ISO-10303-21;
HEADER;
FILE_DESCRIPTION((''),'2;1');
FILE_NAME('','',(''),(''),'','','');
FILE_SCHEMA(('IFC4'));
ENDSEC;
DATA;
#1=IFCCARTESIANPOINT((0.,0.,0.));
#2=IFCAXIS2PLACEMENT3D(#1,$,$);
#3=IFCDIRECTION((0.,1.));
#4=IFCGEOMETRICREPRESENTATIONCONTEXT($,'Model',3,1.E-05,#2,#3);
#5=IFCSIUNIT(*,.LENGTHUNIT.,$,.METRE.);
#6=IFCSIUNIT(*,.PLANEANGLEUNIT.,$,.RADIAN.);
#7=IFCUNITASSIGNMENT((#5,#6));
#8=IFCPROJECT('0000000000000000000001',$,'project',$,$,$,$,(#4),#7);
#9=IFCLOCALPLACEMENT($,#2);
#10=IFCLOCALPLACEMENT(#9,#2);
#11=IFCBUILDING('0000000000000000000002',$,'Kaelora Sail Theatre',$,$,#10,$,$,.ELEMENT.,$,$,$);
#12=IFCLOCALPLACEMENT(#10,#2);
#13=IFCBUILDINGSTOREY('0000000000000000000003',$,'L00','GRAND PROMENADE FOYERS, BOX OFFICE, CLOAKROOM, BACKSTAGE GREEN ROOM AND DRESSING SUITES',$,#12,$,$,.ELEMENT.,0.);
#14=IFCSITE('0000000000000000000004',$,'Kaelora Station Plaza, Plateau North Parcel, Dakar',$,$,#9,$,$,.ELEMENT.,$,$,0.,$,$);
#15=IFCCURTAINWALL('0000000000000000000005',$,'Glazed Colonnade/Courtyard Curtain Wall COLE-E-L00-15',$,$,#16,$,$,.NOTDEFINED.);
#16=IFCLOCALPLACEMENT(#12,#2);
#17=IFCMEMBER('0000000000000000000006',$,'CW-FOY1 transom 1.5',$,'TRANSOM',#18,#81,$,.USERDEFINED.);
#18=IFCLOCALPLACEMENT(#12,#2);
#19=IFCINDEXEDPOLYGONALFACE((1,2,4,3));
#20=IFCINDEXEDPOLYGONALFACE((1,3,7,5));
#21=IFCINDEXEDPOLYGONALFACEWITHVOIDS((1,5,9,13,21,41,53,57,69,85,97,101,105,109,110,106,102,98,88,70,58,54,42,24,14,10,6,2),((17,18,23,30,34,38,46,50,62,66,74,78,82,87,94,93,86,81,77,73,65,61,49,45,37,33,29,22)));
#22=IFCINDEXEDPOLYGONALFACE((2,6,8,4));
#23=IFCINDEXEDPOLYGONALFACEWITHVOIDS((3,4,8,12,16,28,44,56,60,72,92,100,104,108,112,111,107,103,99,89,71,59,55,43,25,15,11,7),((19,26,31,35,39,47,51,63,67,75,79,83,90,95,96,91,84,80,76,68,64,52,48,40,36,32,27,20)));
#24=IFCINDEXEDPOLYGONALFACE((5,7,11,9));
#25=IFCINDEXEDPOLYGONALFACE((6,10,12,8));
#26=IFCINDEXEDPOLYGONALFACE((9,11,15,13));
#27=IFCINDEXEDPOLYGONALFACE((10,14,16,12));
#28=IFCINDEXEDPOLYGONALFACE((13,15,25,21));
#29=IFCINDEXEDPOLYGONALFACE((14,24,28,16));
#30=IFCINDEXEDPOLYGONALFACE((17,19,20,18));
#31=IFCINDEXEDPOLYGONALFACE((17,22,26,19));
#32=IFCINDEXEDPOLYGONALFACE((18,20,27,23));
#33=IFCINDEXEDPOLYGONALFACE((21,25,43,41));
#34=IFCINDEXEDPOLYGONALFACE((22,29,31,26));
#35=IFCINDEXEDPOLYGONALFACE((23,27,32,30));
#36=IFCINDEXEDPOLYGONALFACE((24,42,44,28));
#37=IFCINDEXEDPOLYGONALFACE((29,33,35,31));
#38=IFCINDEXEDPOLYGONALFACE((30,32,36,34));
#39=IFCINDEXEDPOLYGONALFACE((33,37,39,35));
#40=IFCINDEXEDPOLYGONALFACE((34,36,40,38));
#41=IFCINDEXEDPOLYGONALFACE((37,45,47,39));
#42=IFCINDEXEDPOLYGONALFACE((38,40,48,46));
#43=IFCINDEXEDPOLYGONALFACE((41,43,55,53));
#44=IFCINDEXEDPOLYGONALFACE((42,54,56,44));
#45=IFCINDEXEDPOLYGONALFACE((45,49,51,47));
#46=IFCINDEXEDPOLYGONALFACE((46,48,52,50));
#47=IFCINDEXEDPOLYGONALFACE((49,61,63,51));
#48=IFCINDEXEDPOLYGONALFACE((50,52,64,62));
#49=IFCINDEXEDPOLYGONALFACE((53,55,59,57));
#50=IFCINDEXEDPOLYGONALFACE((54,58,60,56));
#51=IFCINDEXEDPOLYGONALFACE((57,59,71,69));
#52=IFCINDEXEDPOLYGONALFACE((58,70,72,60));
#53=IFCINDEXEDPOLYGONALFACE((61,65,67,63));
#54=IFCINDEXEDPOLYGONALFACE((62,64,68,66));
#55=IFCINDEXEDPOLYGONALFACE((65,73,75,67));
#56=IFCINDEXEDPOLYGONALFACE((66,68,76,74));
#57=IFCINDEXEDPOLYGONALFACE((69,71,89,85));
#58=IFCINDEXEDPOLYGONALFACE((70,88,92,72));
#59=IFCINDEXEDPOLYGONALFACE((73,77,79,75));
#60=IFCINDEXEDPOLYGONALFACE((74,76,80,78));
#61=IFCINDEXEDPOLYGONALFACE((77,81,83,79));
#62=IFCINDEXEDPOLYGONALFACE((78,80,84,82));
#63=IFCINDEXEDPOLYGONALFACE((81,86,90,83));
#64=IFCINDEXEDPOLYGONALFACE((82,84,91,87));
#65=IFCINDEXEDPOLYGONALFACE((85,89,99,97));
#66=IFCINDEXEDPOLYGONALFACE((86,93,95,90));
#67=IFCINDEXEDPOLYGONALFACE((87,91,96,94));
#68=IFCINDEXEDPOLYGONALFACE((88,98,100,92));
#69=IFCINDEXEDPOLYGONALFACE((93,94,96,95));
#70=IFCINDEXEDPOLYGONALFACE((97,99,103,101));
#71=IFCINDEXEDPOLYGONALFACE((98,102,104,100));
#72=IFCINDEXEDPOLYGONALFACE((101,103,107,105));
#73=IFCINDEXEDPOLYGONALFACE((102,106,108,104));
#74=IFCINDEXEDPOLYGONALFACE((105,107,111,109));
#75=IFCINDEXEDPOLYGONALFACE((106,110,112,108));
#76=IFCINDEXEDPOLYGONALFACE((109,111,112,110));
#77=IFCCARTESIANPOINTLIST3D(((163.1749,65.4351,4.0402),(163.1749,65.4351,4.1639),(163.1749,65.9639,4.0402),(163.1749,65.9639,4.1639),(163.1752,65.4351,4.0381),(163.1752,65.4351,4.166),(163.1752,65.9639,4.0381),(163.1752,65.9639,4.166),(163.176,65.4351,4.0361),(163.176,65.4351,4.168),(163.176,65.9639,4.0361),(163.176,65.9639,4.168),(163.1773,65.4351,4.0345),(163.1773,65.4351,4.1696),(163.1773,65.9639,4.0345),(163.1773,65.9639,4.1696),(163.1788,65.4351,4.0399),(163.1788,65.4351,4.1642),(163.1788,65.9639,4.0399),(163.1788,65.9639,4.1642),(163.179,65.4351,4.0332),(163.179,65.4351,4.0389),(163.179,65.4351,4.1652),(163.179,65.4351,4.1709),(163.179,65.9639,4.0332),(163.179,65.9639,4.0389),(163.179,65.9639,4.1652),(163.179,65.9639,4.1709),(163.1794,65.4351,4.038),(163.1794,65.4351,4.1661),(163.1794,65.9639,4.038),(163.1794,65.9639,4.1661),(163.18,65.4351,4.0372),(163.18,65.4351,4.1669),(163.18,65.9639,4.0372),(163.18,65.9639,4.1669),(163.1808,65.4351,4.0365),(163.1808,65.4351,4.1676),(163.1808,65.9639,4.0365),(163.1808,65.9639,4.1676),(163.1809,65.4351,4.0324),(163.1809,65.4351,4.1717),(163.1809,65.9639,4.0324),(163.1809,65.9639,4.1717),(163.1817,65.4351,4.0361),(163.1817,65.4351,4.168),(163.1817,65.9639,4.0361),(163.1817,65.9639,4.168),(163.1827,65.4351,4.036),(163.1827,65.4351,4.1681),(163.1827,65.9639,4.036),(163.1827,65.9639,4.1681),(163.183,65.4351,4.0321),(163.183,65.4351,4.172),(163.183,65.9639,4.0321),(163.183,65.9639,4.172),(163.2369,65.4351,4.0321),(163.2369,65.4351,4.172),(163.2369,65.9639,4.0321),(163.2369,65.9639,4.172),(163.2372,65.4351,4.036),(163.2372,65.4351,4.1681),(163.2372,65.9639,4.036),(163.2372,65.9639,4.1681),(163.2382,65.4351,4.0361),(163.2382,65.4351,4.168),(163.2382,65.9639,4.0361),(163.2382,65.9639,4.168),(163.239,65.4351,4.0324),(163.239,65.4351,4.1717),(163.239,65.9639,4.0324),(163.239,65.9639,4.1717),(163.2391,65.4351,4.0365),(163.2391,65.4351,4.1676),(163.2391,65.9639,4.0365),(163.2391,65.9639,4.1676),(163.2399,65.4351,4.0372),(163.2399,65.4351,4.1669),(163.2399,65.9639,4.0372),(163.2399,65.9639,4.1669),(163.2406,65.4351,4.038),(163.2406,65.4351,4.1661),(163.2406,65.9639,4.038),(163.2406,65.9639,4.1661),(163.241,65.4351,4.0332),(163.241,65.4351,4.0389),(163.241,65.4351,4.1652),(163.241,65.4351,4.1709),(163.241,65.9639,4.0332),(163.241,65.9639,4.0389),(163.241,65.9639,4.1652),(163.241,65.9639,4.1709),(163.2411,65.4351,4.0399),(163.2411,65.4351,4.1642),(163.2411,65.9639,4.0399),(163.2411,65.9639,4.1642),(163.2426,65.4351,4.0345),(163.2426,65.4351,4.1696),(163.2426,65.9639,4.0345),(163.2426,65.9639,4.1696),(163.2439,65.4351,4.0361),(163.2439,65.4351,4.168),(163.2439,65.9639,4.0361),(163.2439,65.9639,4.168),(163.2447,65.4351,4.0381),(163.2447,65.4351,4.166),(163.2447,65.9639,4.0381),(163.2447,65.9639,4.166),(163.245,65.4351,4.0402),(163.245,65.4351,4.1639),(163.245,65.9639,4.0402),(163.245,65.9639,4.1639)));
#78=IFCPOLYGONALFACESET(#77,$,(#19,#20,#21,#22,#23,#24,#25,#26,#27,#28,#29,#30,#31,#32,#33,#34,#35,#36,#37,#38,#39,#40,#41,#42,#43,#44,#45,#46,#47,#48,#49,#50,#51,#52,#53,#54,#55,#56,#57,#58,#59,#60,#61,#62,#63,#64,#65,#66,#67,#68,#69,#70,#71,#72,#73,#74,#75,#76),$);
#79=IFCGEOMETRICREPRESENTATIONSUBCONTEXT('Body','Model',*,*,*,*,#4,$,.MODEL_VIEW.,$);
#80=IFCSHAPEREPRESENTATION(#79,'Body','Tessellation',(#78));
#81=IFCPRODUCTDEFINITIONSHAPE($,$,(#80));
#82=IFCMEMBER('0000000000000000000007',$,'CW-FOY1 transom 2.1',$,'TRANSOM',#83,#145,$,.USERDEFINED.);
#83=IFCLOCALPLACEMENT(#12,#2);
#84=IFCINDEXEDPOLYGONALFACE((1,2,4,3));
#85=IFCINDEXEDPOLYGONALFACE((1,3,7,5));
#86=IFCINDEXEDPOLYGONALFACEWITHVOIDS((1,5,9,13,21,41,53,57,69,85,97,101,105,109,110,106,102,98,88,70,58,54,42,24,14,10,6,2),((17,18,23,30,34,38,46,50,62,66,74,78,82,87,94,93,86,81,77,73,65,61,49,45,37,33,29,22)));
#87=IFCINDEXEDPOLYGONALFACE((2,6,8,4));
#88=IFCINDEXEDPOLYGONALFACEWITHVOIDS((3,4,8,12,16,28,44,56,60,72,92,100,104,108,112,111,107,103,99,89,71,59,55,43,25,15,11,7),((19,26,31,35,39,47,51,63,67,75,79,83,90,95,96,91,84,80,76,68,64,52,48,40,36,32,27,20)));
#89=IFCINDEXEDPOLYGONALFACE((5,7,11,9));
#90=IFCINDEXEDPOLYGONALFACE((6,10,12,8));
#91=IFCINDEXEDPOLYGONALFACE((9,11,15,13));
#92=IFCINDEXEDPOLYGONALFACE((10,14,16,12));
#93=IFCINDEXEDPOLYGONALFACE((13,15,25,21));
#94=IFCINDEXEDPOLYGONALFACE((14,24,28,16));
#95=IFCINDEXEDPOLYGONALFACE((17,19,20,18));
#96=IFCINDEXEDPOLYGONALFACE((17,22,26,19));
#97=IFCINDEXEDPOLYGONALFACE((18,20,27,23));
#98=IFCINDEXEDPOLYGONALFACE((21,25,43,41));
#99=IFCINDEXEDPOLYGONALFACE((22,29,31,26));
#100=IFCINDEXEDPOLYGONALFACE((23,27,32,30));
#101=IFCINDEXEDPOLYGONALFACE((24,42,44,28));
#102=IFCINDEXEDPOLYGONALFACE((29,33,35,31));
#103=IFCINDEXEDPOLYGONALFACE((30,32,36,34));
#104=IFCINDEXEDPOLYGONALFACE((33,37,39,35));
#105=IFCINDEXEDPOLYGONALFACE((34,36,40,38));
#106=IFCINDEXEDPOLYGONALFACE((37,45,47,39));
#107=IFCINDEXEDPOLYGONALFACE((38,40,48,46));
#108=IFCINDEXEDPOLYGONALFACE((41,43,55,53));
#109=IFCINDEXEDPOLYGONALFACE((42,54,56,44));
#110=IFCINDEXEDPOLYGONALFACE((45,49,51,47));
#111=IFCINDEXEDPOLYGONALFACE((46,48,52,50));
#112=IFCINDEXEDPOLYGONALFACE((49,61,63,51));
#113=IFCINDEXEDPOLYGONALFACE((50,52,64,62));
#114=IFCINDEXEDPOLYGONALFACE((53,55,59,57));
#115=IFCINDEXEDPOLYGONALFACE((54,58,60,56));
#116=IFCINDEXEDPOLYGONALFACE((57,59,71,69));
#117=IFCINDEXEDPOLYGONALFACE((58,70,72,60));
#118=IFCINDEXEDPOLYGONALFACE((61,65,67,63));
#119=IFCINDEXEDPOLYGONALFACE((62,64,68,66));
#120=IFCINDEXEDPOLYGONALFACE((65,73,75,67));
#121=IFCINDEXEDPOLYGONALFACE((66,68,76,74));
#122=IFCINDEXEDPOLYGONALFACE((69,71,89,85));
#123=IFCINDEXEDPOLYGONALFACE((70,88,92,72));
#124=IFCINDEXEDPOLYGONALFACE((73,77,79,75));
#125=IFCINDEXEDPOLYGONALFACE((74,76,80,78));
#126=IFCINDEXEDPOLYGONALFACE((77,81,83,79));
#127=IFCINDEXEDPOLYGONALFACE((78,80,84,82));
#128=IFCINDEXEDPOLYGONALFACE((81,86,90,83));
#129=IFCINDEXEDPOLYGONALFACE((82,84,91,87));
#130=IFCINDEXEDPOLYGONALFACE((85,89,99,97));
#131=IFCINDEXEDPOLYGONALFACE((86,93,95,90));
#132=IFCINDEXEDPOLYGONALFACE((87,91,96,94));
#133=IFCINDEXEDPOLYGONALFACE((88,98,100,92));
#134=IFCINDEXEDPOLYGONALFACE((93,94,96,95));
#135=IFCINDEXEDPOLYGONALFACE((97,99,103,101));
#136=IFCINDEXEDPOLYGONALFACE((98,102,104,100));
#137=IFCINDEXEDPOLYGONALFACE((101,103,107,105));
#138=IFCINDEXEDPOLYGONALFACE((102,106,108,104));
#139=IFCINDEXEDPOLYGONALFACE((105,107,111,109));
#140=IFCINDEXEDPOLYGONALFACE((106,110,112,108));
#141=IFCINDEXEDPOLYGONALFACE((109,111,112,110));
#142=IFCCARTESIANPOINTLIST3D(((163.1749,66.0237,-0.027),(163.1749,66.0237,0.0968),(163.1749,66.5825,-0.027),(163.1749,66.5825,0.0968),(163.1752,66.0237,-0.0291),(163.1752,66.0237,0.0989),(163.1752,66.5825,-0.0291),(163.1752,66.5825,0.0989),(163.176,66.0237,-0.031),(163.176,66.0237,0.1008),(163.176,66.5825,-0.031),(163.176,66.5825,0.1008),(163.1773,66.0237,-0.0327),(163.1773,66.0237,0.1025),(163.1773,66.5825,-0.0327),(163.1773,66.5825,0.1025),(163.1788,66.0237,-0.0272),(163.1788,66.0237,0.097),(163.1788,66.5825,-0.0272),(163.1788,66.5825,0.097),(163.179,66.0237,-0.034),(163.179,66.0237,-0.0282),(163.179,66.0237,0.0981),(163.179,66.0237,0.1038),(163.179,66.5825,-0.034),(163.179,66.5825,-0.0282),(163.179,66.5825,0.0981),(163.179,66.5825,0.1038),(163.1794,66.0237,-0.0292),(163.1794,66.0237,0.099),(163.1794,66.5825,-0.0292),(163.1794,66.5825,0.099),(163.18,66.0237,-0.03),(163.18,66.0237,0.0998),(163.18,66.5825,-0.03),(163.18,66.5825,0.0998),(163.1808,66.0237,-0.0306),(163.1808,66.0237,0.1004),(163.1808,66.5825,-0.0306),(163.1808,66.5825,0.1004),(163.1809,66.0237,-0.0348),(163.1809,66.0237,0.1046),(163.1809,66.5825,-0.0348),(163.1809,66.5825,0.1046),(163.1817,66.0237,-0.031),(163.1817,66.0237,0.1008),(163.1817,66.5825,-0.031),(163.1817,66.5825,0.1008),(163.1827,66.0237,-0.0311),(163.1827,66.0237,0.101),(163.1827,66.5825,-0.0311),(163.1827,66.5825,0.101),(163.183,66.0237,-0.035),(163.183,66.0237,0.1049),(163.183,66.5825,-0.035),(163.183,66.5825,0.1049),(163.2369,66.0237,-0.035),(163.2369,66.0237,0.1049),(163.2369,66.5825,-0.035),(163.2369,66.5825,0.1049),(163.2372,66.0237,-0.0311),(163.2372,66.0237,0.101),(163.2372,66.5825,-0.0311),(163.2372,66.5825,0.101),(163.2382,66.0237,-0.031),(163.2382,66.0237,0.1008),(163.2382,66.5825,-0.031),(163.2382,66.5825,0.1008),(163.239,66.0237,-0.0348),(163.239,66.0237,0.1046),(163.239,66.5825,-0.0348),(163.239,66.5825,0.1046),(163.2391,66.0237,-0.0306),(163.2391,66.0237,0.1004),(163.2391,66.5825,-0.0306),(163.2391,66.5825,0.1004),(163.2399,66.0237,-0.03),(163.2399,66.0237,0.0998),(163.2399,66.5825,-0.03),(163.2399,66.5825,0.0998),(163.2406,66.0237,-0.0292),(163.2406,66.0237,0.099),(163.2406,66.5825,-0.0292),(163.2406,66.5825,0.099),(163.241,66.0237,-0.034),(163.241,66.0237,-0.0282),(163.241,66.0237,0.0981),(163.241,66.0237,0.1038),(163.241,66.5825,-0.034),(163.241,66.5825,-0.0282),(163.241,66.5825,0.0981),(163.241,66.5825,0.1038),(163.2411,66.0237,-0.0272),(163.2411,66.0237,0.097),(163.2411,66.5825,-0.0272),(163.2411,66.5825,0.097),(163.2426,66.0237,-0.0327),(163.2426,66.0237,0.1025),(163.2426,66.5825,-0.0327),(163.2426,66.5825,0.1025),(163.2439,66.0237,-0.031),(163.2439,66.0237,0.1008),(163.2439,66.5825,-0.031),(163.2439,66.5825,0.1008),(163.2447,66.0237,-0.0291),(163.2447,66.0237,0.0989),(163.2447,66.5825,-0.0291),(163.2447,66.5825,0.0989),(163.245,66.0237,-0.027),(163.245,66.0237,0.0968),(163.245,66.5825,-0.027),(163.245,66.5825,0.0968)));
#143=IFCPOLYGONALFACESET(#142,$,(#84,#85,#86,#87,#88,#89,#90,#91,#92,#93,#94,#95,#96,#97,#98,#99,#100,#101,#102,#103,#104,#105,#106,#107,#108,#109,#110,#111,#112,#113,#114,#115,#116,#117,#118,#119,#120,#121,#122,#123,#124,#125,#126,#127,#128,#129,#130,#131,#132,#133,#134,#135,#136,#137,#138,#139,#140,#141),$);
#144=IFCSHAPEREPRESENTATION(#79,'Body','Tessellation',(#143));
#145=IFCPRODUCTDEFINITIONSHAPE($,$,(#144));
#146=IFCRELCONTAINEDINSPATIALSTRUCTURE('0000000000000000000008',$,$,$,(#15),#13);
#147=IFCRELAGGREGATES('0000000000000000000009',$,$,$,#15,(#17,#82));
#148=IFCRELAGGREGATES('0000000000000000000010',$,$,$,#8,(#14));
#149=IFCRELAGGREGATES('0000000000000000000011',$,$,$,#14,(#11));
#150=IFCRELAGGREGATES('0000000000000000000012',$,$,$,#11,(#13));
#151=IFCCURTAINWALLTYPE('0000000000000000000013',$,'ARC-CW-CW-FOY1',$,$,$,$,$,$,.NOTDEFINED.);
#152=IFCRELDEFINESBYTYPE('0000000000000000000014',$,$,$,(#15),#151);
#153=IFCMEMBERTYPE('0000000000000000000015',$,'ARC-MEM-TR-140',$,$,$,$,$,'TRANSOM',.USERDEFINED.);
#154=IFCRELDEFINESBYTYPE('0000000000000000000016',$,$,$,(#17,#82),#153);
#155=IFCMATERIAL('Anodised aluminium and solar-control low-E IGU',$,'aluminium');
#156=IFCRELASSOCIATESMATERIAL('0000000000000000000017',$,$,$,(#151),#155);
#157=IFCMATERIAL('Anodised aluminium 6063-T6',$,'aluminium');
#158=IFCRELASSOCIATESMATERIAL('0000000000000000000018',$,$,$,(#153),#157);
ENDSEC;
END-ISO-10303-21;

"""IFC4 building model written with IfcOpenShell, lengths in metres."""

from ifc_helpers import new_model, si_unit, direction, frame, origin, origin_2d, place, context, subcontext, project, spatial, hollow_rectangle, extrude, material, material_profile, profile_set, type_object, element, aggregate, save


model = new_model("IFC4")

# Units and contexts
model_context = context("Model", 3, precision=1e-05, world=origin(), true_north=direction((0.0, 1.0)))
body_context = subcontext(model_context, "Body", "Model", "MODEL_VIEW")
ifc_project = project(units=[si_unit("LENGTHUNIT", "METRE"), si_unit("PLANEANGLEUNIT", "RADIAN")], contexts=[model_context])

# Site, building, storey
site_placement = place(None, origin())
site = spatial("IfcSite", under=ifc_project, at=site_placement, Name="Kaelora Station Plaza, Plateau North Parcel, Dakar", CompositionType="ELEMENT", RefElevation=0.0)
building_placement = place(site_placement, origin())
building = spatial("IfcBuilding", under=site, at=building_placement, Name="Kaelora Sail Theatre", CompositionType="ELEMENT")
storey_placement = place(building_placement, origin())
storey = spatial("IfcBuildingStorey", under=building, at=storey_placement, Name="L00", Description="GRAND PROMENADE FOYERS, BOX OFFICE, CLOAKROOM, BACKSTAGE GREEN ROOM AND DRESSING SUITES", CompositionType="ELEMENT", Elevation=0.0)

# Curtain wall, members
ifc_material_1 = material(Name="Anodised aluminium and solar-control low-E IGU", Category="aluminium")
curtain_wall_type = type_object("IfcCurtainWallType", Name="ARC-CW-CW-FOY1", PredefinedType="NOTDEFINED", material=ifc_material_1)
curtain_wall_placement = place(storey_placement, origin())
curtain_wall = element("IfcCurtainWall", 1, at=curtain_wall_placement, inside=storey, type_object=curtain_wall_type, Name="Glazed Colonnade/Courtyard Curtain Wall COLE-E-L00-15", PredefinedType="NOTDEFINED")
ifc_material_2 = material(Name="Anodised aluminium 6063-T6", Category="aluminium")
ifc_material_profile_1 = material_profile(ifc_material_2, hollow_rectangle(XDim=0.0701, YDim=0.1399, WallThickness=0.0039, InnerFilletRadius=0.0039, OuterFilletRadius=0.0081, at=origin_2d()), Name="ALU-TRAN 70x140x4")
ifc_profile_set_1 = profile_set([ifc_material_profile_1], Name="Anodised aluminium 6063-T6")
member_type_1 = type_object("IfcMemberType", Name="ARC-MEM-TR-140", ElementType="TRANSOM", PredefinedType="USERDEFINED", material=ifc_profile_set_1)
member_1_placement = place(storey_placement, frame((163.21, 65.4351, 4.1021), z_axis=(0.0, 1.0, 0.0), x_axis=(-1.0, 0.0, 0.0)))
member_1 = element("IfcMember", 2, at=member_1_placement, type_object=member_type_1, Name="CW-FOY1 transom 1.5", ObjectType="TRANSOM", PredefinedType="USERDEFINED", context=body_context, shape_type="SweptSolid", body=[
    extrude(hollow_rectangle(XDim=0.0701, YDim=0.1399, WallThickness=0.0039, InnerFilletRadius=0.0039, OuterFilletRadius=0.0081, at=origin_2d()), origin(), (0.0, 0.0, 1.0), 0.5288),
])
member_2_placement = place(storey_placement, frame((163.21, 66.0237, 0.0349), z_axis=(0.0, 1.0, 0.0), x_axis=(-1.0, 0.0, 0.0)))
member_2 = element("IfcMember", 3, at=member_2_placement, type_object=member_type_1, Name="CW-FOY1 transom 2.1", ObjectType="TRANSOM", PredefinedType="USERDEFINED", context=body_context, shape_type="SweptSolid", body=[
    extrude(hollow_rectangle(XDim=0.0701, YDim=0.1399, WallThickness=0.0039, InnerFilletRadius=0.0039, OuterFilletRadius=0.0081, at=origin_2d()), origin(), (0.0, 0.0, 1.0), 0.5588),
])
aggregate(curtain_wall, [member_1, member_2])

save(model, "model.ifc")
